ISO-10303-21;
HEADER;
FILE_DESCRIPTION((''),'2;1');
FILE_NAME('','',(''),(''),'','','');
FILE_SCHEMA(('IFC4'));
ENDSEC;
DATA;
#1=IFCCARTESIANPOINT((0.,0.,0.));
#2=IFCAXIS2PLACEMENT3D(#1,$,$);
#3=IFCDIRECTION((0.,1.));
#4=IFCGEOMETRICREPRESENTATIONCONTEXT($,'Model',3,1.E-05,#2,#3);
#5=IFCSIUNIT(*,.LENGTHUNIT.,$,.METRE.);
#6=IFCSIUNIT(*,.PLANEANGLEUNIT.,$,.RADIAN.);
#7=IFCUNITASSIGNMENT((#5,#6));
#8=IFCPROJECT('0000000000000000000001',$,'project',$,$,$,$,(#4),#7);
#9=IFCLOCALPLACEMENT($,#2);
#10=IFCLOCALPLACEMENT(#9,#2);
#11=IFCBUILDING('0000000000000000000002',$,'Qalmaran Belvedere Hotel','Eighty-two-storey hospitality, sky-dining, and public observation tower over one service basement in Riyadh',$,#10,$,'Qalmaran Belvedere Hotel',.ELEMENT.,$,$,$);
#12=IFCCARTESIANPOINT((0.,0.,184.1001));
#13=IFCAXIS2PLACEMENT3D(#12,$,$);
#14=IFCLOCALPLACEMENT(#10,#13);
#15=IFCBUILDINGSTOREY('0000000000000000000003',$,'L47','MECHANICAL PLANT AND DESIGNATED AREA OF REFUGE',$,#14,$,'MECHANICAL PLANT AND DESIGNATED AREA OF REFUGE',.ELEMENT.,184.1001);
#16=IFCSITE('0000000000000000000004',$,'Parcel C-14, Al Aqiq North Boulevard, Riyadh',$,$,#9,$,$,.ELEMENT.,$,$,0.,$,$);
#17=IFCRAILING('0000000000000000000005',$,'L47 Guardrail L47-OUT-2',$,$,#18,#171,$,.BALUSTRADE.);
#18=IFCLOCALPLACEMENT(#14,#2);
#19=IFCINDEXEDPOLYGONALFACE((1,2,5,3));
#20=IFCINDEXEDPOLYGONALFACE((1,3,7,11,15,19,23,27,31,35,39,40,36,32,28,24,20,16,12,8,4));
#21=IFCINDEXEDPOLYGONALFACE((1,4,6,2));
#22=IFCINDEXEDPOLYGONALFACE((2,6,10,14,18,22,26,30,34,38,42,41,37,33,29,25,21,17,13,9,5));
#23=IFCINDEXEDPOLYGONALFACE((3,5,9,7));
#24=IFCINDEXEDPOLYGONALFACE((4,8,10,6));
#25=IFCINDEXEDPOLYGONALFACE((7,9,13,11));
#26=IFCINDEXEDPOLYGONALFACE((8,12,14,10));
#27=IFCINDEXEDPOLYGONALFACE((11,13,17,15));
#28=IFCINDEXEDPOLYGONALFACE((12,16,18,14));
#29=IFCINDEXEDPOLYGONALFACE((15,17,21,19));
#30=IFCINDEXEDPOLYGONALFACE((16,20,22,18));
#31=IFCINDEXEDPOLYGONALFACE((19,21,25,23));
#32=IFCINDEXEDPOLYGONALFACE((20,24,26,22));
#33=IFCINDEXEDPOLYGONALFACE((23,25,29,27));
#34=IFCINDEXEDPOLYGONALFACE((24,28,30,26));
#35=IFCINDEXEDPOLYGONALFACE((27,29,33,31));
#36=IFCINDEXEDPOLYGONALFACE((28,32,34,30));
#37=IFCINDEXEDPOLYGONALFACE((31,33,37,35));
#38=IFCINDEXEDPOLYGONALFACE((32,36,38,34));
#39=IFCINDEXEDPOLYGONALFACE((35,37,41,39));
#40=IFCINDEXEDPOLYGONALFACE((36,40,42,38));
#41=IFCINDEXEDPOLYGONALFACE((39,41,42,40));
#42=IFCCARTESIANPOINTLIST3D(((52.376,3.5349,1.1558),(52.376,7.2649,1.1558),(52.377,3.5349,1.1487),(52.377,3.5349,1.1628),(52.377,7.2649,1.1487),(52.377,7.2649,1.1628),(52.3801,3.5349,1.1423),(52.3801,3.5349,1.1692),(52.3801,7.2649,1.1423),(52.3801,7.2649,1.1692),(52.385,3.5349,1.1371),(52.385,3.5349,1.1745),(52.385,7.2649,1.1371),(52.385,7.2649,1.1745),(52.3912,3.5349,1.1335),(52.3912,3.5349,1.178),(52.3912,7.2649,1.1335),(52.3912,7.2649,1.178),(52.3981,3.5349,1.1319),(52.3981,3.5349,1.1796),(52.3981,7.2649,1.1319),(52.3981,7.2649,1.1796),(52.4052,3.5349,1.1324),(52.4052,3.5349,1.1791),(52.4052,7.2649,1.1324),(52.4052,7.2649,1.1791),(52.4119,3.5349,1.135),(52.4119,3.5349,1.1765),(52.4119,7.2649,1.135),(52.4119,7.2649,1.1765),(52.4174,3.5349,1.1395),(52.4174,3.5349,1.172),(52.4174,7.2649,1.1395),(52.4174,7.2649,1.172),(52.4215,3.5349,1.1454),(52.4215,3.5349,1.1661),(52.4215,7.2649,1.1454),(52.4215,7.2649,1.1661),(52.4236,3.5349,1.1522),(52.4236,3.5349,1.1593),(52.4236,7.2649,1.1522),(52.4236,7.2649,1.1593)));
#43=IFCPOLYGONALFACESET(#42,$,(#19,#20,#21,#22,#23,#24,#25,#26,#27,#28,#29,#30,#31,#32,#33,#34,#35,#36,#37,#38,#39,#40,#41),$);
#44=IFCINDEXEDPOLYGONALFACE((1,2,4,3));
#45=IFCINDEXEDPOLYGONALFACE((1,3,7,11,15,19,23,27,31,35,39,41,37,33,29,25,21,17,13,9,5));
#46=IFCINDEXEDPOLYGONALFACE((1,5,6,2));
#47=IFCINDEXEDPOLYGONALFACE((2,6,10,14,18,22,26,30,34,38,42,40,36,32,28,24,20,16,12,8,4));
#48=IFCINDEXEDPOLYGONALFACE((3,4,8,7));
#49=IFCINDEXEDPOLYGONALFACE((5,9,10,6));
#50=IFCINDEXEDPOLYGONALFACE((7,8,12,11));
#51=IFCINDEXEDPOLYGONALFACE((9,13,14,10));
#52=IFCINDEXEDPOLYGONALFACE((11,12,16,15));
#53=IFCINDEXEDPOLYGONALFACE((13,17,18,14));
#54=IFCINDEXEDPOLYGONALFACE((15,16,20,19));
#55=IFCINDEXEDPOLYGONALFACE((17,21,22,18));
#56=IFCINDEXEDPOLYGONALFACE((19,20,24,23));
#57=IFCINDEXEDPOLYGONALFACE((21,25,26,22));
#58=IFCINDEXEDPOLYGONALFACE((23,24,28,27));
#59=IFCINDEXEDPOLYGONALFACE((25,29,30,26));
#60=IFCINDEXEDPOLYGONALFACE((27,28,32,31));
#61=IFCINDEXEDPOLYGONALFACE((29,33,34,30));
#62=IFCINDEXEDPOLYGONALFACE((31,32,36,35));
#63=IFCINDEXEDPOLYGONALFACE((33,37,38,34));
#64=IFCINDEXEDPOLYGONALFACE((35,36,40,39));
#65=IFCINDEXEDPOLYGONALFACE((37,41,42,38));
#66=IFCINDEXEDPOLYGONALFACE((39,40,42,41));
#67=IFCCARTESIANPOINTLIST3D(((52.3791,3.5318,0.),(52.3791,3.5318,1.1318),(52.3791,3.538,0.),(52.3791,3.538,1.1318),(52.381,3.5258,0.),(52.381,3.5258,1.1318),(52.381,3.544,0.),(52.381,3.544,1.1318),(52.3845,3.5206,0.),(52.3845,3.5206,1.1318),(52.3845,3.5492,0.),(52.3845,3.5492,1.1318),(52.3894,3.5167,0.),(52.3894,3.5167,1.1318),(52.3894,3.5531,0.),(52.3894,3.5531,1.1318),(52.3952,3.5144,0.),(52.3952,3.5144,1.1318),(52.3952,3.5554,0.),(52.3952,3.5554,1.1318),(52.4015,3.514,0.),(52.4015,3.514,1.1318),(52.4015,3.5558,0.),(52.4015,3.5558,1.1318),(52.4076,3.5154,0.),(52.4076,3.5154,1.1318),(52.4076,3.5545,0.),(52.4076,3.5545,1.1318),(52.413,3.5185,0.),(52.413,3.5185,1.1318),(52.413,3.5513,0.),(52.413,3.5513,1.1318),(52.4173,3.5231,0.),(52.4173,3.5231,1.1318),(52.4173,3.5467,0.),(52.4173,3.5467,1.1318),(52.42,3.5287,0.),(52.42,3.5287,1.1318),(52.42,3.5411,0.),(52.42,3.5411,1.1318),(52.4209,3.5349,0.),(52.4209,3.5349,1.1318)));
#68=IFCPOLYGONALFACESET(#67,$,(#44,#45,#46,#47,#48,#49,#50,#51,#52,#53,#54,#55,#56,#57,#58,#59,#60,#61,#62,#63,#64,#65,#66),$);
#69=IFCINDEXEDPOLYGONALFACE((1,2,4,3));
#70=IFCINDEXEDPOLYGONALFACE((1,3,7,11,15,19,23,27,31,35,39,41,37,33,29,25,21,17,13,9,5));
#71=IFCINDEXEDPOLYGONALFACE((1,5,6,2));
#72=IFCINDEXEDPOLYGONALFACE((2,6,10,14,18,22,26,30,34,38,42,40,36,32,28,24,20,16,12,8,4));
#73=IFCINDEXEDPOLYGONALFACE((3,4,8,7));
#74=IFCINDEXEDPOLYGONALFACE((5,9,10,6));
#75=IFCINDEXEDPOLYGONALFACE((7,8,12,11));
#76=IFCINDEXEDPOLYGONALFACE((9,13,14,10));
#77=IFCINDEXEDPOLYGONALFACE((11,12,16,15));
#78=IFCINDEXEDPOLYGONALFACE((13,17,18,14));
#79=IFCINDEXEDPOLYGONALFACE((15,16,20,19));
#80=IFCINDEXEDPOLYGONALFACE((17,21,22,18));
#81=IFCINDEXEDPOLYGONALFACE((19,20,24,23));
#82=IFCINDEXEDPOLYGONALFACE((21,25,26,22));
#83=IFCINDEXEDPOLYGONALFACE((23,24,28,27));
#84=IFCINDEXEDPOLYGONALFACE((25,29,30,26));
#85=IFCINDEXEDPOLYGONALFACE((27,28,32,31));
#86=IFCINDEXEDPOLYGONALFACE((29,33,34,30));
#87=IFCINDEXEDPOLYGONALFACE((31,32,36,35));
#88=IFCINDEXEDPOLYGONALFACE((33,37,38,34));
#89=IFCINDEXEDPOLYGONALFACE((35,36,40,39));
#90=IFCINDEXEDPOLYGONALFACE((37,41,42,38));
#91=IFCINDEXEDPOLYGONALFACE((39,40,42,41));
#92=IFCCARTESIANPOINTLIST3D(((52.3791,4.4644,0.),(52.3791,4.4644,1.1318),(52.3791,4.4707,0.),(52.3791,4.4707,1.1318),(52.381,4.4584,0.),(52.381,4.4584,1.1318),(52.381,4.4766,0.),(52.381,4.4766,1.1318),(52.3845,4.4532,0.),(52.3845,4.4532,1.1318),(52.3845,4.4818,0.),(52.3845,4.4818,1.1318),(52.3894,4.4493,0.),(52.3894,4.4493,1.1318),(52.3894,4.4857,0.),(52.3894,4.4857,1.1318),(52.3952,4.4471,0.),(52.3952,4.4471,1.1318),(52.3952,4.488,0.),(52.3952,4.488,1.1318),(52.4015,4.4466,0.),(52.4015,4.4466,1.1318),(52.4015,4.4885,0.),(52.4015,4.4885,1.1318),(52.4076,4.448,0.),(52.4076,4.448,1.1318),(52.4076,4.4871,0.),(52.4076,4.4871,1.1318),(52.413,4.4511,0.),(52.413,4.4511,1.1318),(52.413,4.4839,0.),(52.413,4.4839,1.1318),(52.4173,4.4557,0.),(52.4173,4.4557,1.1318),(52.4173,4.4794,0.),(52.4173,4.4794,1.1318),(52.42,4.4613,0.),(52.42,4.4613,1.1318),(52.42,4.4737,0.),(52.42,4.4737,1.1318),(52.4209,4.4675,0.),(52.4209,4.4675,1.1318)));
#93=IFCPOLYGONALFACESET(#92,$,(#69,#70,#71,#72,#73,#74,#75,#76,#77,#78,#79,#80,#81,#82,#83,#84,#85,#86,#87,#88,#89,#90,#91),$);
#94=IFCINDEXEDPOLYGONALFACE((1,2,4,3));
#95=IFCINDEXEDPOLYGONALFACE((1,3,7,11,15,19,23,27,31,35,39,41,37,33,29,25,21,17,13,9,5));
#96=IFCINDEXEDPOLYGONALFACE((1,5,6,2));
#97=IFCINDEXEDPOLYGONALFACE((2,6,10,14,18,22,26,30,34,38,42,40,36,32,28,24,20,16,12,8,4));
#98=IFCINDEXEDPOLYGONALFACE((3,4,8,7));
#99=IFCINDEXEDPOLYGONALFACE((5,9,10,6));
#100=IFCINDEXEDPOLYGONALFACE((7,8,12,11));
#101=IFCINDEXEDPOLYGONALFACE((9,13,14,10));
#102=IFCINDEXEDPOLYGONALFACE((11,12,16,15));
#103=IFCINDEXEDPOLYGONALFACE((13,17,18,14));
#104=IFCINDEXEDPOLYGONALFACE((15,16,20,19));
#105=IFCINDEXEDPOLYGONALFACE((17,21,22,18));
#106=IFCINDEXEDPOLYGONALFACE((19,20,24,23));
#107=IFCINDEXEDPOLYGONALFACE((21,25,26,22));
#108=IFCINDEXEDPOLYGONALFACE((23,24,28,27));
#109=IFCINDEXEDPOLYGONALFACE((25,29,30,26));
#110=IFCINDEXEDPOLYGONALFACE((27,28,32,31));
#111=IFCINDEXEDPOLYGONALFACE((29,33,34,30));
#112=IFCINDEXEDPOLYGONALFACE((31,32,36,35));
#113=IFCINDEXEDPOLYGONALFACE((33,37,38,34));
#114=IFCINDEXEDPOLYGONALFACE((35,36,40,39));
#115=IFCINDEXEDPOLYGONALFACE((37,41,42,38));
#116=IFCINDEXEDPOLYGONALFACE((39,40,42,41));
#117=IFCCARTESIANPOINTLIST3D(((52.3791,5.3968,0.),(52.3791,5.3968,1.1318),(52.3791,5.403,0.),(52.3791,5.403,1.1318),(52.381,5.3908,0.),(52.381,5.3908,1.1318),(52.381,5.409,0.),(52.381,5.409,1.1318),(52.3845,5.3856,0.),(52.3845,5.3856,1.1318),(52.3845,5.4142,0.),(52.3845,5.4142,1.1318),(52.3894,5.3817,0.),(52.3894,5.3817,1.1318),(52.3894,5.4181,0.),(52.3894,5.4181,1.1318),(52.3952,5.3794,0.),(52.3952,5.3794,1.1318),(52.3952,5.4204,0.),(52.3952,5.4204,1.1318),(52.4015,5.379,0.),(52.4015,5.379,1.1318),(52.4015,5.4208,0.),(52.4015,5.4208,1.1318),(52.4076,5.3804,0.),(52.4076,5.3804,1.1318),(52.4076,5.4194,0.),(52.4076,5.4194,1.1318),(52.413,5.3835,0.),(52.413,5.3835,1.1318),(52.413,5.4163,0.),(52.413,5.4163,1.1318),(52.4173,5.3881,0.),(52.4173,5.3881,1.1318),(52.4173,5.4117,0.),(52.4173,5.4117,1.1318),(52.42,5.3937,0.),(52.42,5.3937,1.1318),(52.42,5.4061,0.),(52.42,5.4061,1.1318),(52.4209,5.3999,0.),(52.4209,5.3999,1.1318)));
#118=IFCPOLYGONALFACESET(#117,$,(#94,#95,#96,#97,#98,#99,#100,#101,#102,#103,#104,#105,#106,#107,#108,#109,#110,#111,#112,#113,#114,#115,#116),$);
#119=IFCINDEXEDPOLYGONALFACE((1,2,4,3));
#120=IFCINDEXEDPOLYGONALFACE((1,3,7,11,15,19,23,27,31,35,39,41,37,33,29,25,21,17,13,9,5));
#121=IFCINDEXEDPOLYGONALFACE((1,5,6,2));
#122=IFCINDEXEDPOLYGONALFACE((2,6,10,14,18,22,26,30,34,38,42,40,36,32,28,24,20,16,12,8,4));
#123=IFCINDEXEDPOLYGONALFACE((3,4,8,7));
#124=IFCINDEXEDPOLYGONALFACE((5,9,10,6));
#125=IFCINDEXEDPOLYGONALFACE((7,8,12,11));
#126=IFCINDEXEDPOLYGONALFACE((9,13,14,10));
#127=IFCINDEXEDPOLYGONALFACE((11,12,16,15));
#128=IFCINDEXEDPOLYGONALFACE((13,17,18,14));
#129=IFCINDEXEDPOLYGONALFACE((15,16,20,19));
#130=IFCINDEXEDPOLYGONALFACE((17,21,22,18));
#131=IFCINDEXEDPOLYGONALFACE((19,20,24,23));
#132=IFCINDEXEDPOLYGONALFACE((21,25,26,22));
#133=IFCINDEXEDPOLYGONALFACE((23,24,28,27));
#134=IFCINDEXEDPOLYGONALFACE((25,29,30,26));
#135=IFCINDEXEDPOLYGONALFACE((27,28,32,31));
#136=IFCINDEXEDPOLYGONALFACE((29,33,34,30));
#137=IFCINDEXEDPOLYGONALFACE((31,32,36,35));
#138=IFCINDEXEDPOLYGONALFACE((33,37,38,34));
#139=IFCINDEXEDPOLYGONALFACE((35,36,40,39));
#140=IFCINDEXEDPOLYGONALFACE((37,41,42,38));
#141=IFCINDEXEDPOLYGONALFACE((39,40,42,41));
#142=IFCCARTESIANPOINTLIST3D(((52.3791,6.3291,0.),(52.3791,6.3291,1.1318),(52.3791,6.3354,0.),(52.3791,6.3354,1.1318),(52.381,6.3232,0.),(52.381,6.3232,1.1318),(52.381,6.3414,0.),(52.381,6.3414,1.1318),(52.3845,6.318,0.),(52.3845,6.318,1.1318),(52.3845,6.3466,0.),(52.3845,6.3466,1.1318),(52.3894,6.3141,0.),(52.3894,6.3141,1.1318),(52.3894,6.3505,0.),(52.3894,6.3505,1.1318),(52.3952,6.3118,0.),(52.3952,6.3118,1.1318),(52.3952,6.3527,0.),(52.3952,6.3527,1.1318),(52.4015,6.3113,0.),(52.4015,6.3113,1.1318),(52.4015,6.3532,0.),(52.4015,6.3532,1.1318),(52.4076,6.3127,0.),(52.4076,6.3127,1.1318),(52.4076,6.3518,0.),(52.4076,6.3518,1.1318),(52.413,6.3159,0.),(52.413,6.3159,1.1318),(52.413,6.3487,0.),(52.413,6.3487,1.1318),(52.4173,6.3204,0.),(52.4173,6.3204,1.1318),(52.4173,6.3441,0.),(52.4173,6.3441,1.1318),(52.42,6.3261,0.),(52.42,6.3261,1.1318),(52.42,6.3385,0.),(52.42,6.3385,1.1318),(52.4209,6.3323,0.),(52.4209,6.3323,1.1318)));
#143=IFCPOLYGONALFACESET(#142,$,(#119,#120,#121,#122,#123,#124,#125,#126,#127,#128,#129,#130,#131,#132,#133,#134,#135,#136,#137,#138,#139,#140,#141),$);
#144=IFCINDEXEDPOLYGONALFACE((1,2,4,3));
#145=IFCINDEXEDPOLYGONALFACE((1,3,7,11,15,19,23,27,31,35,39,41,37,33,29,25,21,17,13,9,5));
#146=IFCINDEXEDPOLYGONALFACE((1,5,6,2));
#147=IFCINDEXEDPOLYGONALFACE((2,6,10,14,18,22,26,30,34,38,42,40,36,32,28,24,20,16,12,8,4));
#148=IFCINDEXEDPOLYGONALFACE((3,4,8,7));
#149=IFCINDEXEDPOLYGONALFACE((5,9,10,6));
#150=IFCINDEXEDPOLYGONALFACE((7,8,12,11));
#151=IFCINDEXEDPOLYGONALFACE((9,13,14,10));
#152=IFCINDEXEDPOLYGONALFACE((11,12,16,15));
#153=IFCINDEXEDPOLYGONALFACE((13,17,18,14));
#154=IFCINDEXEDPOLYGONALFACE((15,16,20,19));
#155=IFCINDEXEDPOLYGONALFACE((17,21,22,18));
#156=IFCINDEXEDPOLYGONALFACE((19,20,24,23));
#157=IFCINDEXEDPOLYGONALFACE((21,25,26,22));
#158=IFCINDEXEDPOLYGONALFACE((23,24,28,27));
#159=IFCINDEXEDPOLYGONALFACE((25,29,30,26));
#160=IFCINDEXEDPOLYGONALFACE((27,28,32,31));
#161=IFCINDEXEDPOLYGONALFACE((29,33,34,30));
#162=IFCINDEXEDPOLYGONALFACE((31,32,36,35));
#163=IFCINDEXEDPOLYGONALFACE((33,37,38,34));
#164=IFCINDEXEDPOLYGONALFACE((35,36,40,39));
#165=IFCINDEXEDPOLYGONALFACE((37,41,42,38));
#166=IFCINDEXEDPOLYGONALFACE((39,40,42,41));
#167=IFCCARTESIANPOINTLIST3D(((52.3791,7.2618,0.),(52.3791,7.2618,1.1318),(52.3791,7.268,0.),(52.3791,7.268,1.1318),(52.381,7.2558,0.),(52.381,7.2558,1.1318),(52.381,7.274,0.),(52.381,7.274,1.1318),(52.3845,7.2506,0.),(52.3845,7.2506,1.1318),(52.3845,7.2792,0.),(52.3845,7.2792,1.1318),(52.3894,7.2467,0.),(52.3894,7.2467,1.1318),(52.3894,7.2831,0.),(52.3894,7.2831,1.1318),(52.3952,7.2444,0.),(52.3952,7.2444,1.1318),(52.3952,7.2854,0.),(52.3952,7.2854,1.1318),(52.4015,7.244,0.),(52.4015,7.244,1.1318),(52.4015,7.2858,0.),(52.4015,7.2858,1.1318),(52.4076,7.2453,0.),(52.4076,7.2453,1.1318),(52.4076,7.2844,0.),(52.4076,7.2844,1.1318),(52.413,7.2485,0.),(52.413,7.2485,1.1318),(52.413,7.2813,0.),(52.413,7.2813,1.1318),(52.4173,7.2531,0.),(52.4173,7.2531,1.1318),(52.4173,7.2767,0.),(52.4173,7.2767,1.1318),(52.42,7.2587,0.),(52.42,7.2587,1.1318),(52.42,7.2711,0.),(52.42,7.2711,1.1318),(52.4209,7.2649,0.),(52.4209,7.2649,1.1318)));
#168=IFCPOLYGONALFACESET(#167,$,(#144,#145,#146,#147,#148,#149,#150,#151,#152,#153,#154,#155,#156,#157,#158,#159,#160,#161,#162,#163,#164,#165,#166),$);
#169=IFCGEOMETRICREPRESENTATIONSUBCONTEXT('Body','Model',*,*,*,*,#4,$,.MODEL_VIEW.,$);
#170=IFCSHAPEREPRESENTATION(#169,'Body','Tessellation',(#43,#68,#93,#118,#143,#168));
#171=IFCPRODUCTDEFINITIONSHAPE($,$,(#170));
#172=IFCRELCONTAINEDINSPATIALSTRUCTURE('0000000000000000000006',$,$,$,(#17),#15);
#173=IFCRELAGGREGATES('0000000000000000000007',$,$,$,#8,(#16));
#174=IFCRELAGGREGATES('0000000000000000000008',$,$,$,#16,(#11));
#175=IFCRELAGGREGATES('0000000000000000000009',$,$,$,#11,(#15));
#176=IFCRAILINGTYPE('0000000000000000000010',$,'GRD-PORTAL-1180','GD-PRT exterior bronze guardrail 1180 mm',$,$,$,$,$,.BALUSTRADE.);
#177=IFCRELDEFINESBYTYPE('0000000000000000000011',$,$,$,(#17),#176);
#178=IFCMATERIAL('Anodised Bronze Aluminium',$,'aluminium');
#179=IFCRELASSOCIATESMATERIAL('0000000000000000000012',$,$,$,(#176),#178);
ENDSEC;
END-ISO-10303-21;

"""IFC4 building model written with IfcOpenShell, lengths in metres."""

from ifc_helpers import new_model, si_unit, direction, frame, origin, origin_2d, place, context, subcontext, project, spatial, circle, extrude, material, type_object, element, save


model = new_model("IFC4")

# Units and contexts
model_context = context("Model", 3, precision=1e-05, world=origin(), true_north=direction((0.0, 1.0)))
body_context = subcontext(model_context, "Body", "Model", "MODEL_VIEW")
ifc_project = project(units=[si_unit("LENGTHUNIT", "METRE"), si_unit("PLANEANGLEUNIT", "RADIAN")], contexts=[model_context])

# Site, building, storey
site_placement = place(None, origin())
site = spatial("IfcSite", under=ifc_project, at=site_placement, Name="Parcel C-14, Al Aqiq North Boulevard, Riyadh", CompositionType="ELEMENT", RefElevation=0.0)
building_placement = place(site_placement, origin())
building = spatial("IfcBuilding", under=site, at=building_placement, Name="Qalmaran Belvedere Hotel", Description="Eighty-two-storey hospitality, sky-dining, and public observation tower over one service basement in Riyadh", LongName="Qalmaran Belvedere Hotel", CompositionType="ELEMENT")
storey_placement = place(building_placement, frame((0.0, 0.0, 184.1001)))
storey = spatial("IfcBuildingStorey", under=building, at=storey_placement, Name="L47", Description="MECHANICAL PLANT AND DESIGNATED AREA OF REFUGE", LongName="MECHANICAL PLANT AND DESIGNATED AREA OF REFUGE", CompositionType="ELEMENT", Elevation=184.1001)

# Railing
ifc_material_1 = material(Name="Anodised Bronze Aluminium", Category="aluminium")
railing_type_1 = type_object("IfcRailingType", Name="GRD-PORTAL-1180", Description="GD-PRT exterior bronze guardrail 1180 mm", PredefinedType="BALUSTRADE", material=ifc_material_1)
railing_1_placement = place(storey_placement, frame((52.3999, 3.5349, 0.0)))
element("IfcRailing", 1, at=railing_1_placement, inside=storey, type_object=railing_type_1, Name="L47 Guardrail L47-OUT-2", PredefinedType="BALUSTRADE", context=body_context, shape_type="SweptSolid", body=[
    extrude(circle(Radius=0.0239, at=origin_2d()), frame((0.0, 0.0, 1.1558), z_axis=(0.0, 1.0, 0.0), x_axis=(-1.0, 0.0, 0.0)), (0.0, 0.0, 1.0), 3.73),
    extrude(circle(Radius=0.021, at=origin_2d()), origin(), (0.0, 0.0, 1.0), 1.1318),
    extrude(circle(Radius=0.021, at=origin_2d()), frame((0.0, 0.9326, 0.0)), (0.0, 0.0, 1.0), 1.1318),
    extrude(circle(Radius=0.021, at=origin_2d()), frame((0.0, 1.865, 0.0)), (0.0, 0.0, 1.0), 1.1318),
    extrude(circle(Radius=0.021, at=origin_2d()), frame((0.0, 2.7974, 0.0)), (0.0, 0.0, 1.0), 1.1318),
    extrude(circle(Radius=0.021, at=origin_2d()), frame((0.0, 3.73, 0.0)), (0.0, 0.0, 1.0), 1.1318),
])

save(model, "model.ifc")
